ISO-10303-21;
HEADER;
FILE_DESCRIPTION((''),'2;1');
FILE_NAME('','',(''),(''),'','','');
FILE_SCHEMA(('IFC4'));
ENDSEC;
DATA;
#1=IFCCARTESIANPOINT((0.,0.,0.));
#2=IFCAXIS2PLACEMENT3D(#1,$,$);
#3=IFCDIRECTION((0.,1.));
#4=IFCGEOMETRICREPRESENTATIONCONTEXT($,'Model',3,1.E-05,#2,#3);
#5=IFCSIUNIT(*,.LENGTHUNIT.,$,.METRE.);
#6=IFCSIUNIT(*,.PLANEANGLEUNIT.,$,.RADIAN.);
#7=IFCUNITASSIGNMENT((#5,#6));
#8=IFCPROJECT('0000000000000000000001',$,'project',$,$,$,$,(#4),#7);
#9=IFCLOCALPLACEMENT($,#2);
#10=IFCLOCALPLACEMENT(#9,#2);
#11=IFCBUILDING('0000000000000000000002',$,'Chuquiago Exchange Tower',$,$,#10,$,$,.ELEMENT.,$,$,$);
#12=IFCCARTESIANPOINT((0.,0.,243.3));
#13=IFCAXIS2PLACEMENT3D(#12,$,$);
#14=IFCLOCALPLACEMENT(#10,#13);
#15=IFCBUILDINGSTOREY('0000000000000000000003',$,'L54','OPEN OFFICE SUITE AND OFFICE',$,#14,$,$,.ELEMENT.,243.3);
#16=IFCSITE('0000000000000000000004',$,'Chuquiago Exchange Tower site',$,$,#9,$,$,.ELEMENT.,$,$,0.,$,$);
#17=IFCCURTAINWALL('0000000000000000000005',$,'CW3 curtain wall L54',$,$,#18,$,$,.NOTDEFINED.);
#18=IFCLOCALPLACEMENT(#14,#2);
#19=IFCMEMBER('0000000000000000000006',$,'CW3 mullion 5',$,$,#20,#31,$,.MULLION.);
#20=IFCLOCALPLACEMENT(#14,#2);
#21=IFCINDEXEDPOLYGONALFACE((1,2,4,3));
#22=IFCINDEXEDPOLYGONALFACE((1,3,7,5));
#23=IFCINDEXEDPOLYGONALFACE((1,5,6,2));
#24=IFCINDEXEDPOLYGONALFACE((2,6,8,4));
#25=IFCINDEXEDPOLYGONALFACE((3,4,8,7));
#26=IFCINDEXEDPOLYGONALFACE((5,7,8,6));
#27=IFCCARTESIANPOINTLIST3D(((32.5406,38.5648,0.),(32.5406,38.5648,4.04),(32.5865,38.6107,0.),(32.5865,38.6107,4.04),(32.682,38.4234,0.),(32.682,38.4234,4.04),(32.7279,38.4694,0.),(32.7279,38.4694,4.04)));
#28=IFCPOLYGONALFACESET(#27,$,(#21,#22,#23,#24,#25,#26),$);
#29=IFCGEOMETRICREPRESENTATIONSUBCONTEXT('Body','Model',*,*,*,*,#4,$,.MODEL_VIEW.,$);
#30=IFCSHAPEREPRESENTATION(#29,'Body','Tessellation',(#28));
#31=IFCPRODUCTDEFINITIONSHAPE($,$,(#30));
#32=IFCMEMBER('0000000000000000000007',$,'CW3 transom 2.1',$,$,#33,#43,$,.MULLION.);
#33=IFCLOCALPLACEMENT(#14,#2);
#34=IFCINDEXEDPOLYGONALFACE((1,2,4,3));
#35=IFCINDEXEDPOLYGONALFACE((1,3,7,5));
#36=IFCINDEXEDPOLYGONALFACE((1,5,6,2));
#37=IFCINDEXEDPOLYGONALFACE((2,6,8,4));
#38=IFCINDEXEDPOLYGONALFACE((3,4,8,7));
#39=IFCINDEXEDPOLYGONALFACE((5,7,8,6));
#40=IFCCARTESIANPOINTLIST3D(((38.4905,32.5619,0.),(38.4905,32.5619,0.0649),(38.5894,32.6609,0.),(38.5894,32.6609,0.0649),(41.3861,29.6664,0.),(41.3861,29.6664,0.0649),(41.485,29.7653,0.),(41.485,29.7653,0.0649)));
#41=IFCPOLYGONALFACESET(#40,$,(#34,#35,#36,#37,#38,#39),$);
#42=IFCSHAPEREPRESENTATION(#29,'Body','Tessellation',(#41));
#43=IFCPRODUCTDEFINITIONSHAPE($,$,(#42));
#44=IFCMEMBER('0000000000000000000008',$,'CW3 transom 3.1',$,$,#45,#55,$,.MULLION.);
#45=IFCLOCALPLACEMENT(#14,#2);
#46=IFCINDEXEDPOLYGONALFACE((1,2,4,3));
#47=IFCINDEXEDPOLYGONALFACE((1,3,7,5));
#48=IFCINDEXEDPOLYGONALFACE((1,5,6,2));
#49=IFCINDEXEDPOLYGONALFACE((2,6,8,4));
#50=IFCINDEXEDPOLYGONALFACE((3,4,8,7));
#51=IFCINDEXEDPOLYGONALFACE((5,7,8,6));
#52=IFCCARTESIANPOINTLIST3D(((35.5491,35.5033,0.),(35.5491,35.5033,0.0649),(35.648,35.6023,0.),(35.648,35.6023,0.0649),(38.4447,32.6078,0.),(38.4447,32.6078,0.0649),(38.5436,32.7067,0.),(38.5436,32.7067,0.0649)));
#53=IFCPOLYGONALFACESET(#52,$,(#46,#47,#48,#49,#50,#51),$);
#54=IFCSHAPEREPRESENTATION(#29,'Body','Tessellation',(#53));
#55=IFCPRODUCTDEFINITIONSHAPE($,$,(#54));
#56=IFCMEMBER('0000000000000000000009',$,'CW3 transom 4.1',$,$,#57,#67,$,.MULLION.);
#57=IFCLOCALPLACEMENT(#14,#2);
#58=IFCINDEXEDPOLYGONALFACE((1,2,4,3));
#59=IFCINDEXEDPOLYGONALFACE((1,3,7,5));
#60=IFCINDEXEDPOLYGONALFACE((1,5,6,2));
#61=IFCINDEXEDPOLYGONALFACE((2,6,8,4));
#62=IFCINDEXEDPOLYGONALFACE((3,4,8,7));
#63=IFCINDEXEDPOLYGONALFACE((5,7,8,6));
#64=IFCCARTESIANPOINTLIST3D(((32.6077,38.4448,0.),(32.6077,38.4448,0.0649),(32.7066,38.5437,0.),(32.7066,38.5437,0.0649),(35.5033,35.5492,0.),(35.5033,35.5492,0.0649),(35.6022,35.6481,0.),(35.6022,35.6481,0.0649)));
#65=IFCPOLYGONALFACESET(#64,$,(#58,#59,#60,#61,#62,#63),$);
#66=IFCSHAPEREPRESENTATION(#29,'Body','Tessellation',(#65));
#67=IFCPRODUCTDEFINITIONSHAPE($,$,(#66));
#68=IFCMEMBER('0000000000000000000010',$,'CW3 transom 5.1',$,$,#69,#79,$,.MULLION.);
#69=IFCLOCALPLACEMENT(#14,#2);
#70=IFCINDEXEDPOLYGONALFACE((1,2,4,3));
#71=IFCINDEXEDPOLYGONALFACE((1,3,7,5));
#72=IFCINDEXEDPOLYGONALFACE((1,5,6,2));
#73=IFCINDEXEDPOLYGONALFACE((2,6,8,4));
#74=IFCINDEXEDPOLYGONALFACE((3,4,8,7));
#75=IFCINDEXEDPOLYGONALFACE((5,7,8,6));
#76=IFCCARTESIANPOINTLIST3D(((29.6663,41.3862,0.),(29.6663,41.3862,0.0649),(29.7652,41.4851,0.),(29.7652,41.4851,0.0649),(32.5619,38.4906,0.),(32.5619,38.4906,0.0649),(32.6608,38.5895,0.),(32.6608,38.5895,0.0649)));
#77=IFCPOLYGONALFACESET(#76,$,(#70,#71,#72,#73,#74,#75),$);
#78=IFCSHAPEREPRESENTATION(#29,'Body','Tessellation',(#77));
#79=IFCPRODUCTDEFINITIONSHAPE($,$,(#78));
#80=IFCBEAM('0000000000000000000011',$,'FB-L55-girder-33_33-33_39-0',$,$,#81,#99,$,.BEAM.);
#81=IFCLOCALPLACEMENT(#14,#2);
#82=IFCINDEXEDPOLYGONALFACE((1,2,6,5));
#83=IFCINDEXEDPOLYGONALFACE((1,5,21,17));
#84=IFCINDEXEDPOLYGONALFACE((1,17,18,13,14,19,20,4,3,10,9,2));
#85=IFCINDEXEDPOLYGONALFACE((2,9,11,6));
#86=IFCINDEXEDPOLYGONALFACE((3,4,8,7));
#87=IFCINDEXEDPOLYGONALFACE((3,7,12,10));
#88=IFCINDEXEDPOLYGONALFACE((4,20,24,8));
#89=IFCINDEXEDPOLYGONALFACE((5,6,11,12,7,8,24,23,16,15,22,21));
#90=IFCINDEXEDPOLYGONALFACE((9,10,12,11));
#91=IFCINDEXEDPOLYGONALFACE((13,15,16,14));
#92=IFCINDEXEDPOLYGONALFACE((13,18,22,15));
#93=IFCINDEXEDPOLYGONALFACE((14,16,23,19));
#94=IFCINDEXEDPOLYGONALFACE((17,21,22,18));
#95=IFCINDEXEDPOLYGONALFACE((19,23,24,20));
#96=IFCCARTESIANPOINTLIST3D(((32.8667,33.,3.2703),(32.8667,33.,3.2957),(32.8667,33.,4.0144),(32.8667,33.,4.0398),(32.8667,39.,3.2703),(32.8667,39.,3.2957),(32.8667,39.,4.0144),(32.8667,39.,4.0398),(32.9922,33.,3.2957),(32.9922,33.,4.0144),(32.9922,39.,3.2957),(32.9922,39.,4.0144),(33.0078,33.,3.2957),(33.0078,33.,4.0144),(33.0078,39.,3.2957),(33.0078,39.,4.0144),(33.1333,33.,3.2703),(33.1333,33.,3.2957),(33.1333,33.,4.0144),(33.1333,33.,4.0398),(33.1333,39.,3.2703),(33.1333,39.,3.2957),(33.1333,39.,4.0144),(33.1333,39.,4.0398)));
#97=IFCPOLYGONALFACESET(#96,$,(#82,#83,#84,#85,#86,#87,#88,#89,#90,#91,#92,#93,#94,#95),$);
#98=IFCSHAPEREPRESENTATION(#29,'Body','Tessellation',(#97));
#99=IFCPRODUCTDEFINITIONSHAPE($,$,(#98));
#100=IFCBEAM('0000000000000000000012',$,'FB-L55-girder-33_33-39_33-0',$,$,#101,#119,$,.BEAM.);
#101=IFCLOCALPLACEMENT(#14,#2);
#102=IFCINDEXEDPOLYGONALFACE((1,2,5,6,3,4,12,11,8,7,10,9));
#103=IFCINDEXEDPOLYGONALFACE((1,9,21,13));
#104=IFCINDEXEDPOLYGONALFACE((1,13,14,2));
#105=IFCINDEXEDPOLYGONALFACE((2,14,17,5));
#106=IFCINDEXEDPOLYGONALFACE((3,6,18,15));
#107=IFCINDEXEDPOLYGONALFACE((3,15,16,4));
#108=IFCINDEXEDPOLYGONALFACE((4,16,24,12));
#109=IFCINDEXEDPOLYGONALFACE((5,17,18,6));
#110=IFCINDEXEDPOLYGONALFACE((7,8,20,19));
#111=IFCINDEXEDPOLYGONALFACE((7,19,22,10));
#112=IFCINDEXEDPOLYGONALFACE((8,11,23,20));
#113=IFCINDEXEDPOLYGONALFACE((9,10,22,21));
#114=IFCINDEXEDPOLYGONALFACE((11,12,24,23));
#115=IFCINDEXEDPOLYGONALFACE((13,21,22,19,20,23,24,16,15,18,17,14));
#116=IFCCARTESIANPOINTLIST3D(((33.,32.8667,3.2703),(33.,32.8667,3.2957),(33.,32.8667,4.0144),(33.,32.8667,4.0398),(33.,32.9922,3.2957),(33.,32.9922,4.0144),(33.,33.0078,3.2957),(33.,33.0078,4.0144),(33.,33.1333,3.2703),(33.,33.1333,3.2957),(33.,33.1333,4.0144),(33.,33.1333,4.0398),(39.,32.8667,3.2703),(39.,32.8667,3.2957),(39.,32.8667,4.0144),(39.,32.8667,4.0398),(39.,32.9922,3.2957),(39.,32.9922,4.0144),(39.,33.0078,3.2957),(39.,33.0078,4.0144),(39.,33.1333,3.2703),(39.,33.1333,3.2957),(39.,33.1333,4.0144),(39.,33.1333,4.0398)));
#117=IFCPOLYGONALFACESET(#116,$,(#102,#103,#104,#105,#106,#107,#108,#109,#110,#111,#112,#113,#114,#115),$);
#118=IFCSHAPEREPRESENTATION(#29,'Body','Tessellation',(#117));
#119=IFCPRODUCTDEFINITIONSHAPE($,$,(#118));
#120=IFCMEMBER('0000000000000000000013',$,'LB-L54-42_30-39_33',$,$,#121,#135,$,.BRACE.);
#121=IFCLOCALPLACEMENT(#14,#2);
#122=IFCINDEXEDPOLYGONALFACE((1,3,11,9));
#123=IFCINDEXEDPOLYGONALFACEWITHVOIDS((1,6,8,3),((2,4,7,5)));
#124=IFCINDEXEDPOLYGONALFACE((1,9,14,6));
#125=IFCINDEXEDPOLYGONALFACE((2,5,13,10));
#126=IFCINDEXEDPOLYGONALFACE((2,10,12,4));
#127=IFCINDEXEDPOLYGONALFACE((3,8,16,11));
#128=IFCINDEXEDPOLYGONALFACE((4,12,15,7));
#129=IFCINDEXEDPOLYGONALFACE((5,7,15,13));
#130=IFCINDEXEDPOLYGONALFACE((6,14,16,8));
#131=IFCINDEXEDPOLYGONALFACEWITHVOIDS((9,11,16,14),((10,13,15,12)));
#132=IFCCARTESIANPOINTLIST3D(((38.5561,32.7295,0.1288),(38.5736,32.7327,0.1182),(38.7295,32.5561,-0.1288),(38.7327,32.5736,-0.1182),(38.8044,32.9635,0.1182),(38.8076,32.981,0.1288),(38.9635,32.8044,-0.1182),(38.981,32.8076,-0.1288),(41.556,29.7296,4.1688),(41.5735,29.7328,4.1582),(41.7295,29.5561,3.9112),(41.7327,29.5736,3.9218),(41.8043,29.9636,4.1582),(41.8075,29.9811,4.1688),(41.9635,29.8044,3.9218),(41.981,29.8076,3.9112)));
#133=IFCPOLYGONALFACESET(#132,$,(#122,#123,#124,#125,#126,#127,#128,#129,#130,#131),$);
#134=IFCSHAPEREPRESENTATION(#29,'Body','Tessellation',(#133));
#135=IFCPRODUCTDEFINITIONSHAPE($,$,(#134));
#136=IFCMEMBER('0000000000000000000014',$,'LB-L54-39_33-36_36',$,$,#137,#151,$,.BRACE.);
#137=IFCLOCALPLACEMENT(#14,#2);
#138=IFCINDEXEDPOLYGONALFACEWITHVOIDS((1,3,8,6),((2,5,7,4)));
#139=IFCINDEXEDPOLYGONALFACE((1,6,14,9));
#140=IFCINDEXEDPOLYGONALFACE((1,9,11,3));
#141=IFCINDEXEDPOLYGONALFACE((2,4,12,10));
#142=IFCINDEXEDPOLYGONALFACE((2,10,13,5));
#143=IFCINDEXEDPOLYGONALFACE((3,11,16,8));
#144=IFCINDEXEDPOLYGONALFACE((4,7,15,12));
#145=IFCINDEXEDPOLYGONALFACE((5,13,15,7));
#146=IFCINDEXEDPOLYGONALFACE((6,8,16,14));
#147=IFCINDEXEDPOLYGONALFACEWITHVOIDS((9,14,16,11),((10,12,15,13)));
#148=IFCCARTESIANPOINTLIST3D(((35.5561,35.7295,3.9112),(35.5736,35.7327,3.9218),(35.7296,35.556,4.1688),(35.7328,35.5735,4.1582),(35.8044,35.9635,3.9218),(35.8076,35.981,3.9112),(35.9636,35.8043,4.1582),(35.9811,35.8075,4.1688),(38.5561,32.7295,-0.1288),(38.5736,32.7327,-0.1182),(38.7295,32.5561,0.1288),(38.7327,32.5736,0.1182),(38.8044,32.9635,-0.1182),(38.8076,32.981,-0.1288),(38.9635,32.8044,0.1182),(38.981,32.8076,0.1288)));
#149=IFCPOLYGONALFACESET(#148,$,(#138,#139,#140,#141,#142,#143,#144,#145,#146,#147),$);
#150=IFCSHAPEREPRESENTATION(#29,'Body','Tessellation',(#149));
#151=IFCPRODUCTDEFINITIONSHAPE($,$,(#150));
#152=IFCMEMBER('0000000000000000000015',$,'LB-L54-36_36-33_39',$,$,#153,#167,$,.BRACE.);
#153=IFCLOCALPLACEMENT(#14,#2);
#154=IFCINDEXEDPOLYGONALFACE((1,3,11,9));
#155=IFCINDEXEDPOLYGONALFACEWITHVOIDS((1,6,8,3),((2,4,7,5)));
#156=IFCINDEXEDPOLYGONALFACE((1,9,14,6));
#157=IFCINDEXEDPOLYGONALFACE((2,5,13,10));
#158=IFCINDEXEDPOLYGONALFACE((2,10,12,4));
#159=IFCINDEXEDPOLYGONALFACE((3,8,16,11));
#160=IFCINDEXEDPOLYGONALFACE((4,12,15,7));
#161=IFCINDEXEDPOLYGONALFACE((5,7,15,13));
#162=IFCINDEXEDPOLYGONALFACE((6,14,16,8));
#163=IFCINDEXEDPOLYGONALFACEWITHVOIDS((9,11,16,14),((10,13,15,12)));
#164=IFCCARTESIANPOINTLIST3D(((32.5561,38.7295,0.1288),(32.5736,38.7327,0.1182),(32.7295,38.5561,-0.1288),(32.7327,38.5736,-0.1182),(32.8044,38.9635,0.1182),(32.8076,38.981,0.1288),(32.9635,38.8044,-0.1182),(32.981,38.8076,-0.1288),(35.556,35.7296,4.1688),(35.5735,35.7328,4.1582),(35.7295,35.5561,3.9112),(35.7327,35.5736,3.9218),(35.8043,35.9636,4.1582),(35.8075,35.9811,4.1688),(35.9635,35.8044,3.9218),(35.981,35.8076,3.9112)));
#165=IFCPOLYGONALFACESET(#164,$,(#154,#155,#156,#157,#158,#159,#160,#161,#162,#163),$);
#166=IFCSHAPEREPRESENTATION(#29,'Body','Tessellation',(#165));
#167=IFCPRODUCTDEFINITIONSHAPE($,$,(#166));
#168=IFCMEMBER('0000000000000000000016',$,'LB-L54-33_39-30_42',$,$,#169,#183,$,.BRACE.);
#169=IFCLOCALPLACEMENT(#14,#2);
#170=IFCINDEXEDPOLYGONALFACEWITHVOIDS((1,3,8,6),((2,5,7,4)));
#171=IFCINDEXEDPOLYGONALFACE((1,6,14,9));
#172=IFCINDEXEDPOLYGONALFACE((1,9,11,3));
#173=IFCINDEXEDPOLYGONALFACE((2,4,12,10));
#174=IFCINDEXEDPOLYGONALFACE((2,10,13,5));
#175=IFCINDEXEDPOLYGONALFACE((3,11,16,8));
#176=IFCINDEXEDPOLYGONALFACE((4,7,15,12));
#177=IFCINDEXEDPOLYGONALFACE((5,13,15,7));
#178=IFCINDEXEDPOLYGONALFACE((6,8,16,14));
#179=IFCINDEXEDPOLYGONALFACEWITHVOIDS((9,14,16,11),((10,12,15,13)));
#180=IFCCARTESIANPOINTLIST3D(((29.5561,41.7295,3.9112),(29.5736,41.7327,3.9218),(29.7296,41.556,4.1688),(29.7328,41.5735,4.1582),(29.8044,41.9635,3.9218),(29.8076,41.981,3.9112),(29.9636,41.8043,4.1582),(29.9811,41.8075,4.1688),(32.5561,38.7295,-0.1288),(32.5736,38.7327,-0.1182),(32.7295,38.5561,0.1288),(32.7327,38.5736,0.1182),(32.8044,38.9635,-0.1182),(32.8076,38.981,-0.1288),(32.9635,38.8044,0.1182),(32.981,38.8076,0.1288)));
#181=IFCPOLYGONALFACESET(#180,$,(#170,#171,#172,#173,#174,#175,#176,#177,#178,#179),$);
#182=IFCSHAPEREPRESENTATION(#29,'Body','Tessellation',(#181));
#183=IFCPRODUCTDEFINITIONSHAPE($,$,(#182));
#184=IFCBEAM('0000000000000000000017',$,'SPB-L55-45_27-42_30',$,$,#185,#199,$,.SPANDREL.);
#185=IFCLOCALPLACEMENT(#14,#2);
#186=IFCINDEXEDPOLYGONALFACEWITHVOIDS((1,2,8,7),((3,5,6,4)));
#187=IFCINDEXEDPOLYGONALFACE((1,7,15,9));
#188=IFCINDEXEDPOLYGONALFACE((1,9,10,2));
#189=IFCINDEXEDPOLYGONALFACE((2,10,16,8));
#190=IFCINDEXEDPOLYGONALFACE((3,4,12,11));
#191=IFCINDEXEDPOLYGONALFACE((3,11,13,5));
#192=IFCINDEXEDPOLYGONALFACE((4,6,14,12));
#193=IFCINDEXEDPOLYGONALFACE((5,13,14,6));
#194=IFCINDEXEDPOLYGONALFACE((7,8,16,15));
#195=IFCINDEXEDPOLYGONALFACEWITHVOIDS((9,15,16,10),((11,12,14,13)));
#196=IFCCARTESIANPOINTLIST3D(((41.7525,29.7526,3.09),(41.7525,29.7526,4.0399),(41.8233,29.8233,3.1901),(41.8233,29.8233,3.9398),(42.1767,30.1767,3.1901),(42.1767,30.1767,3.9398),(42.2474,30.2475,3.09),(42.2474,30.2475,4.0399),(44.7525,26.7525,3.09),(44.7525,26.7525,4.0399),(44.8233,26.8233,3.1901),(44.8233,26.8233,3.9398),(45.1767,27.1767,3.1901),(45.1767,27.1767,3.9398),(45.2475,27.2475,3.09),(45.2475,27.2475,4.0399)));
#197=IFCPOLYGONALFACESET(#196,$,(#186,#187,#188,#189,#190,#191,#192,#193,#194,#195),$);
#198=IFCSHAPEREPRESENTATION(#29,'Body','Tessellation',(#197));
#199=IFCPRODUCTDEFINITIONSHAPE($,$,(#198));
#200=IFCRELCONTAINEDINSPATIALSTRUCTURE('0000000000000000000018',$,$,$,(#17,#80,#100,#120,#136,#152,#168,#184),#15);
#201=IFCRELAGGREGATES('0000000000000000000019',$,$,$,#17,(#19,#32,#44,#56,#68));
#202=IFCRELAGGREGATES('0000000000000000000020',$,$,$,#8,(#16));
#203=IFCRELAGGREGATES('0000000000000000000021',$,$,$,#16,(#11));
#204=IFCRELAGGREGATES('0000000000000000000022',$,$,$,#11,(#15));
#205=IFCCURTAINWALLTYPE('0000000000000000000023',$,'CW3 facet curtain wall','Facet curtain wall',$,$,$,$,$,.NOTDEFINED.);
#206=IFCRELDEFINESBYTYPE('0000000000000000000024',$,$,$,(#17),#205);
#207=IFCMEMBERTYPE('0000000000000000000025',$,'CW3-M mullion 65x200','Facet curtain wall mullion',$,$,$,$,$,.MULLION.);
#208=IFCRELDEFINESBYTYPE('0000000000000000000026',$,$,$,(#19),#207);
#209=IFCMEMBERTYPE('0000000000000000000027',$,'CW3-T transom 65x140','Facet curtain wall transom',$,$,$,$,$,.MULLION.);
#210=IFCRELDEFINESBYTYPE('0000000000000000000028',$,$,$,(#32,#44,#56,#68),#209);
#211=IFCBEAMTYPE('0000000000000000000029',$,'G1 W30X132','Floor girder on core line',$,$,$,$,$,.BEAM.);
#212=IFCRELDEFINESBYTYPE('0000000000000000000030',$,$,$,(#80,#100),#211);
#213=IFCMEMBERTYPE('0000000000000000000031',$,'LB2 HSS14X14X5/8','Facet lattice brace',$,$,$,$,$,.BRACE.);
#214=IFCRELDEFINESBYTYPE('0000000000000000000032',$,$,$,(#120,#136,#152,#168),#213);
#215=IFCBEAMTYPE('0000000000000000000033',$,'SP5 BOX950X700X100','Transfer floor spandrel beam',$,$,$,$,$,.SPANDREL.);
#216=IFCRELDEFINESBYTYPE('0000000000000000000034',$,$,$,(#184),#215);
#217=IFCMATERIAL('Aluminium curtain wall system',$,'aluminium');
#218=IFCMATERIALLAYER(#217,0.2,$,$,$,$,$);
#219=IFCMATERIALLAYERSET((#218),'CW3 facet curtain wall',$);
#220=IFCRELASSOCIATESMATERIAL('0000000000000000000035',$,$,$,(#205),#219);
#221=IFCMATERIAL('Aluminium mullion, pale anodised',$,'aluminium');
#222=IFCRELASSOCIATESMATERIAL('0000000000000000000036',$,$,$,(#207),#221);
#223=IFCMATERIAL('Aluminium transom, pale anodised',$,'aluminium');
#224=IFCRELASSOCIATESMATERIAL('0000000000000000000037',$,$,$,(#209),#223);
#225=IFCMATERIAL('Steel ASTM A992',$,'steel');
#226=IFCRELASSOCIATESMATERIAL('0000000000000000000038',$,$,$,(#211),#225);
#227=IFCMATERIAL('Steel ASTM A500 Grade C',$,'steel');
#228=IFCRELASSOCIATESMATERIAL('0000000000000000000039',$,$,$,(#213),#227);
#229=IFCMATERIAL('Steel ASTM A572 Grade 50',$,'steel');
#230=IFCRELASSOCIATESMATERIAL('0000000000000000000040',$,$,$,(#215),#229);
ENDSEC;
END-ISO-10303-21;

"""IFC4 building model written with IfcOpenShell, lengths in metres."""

from ifc_helpers import new_model, si_unit, direction, frame, origin, origin_2d, place, context, subcontext, project, spatial, rectangle, hollow_rectangle, i_section, extrude, material, layer, layer_set, material_profile, profile_set, type_object, element, aggregate, save


model = new_model("IFC4")

# Units and contexts
model_context = context("Model", 3, precision=1e-05, world=origin(), true_north=direction((0.0, 1.0)))
body_context = subcontext(model_context, "Body", "Model", "MODEL_VIEW")
ifc_project = project(units=[si_unit("LENGTHUNIT", "METRE"), si_unit("PLANEANGLEUNIT", "RADIAN")], contexts=[model_context])

# Site, building, storey
site_placement = place(None, origin())
site = spatial("IfcSite", under=ifc_project, at=site_placement, Name="Chuquiago Exchange Tower site", CompositionType="ELEMENT", RefElevation=0.0)
building_placement = place(site_placement, origin())
building = spatial("IfcBuilding", under=site, at=building_placement, Name="Chuquiago Exchange Tower", CompositionType="ELEMENT")
storey_placement = place(building_placement, frame((0.0, 0.0, 243.3)))
storey = spatial("IfcBuildingStorey", under=building, at=storey_placement, Name="L54", Description="OPEN OFFICE SUITE AND OFFICE", CompositionType="ELEMENT", Elevation=243.3)

# Curtain wall, members
ifc_material_1 = material(Name="Aluminium curtain wall system", Category="aluminium")
ifc_layer_1 = layer(ifc_material_1, 0.2)
ifc_layer_set_1 = layer_set([ifc_layer_1], Name="CW3 facet curtain wall")
curtain_wall_type = type_object("IfcCurtainWallType", Name="CW3 facet curtain wall", Description="Facet curtain wall", PredefinedType="NOTDEFINED", material=ifc_layer_set_1)
curtain_wall_placement = place(storey_placement, origin())
curtain_wall = element("IfcCurtainWall", 1, at=curtain_wall_placement, inside=storey, type_object=curtain_wall_type, Name="CW3 curtain wall L54", PredefinedType="NOTDEFINED")
ifc_material_2 = material(Name="Aluminium mullion, pale anodised", Category="aluminium")
ifc_material_profile_1 = material_profile(ifc_material_2, rectangle(XDim=0.0649, YDim=0.2, at=origin_2d()), Name="AL 65x200")
ifc_profile_set_1 = profile_set([ifc_material_profile_1], Name="Aluminium mullion, pale anodised")
member_type_1 = type_object("IfcMemberType", Name="CW3-M mullion 65x200", Description="Facet curtain wall mullion", PredefinedType="MULLION", material=ifc_profile_set_1)
member_1_placement = place(storey_placement, frame((32.6343, 38.5171, 0.0), z_axis=(0.0, 0.0, 1.0), x_axis=(-0.707107, -0.707107, 0.0)))
member_1 = element("IfcMember", 2, at=member_1_placement, type_object=member_type_1, Name="CW3 mullion 5", PredefinedType="MULLION", context=body_context, shape_type="SweptSolid", body=[
    extrude(rectangle(XDim=0.0649, YDim=0.2, at=origin_2d()), origin(), (0.0, 0.0, 1.0), 4.04),
])
ifc_material_3 = material(Name="Aluminium transom, pale anodised", Category="aluminium")
ifc_material_profile_2 = material_profile(ifc_material_3, rectangle(XDim=0.1399, YDim=0.0649, at=origin_2d()), Name="AL 140x65")
ifc_profile_set_2 = profile_set([ifc_material_profile_2], Name="Aluminium transom, pale anodised")
member_type_2 = type_object("IfcMemberType", Name="CW3-T transom 65x140", Description="Facet curtain wall transom", PredefinedType="MULLION", material=ifc_profile_set_2)
member_2_placement = place(storey_placement, frame((41.4355, 29.7158, 0.0325), z_axis=(-0.707107, 0.707107, 0.0), x_axis=(-0.707107, -0.707107, 0.0)))
member_2 = element("IfcMember", 3, at=member_2_placement, type_object=member_type_2, Name="CW3 transom 2.1", PredefinedType="MULLION", context=body_context, shape_type="SweptSolid", body=[
    extrude(rectangle(XDim=0.1399, YDim=0.0649, at=origin_2d()), origin(), (0.0, 0.0, 1.0), 4.095),
])
member_3_placement = place(storey_placement, frame((38.4941, 32.6572, 0.0325), z_axis=(-0.707107, 0.707107, 0.0), x_axis=(-0.707107, -0.707107, 0.0)))
member_3 = element("IfcMember", 4, at=member_3_placement, type_object=member_type_2, Name="CW3 transom 3.1", PredefinedType="MULLION", context=body_context, shape_type="SweptSolid", body=[
    extrude(rectangle(XDim=0.1399, YDim=0.0649, at=origin_2d()), origin(), (0.0, 0.0, 1.0), 4.095),
])
member_4_placement = place(storey_placement, frame((35.5527, 35.5986, 0.0325), z_axis=(-0.707107, 0.707107, 0.0), x_axis=(-0.707107, -0.707107, 0.0)))
member_4 = element("IfcMember", 5, at=member_4_placement, type_object=member_type_2, Name="CW3 transom 4.1", PredefinedType="MULLION", context=body_context, shape_type="SweptSolid", body=[
    extrude(rectangle(XDim=0.1399, YDim=0.0649, at=origin_2d()), origin(), (0.0, 0.0, 1.0), 4.095),
])
member_5_placement = place(storey_placement, frame((32.6113, 38.54, 0.0325), z_axis=(-0.707107, 0.707107, 0.0), x_axis=(-0.707107, -0.707107, 0.0)))
member_5 = element("IfcMember", 6, at=member_5_placement, type_object=member_type_2, Name="CW3 transom 5.1", PredefinedType="MULLION", context=body_context, shape_type="SweptSolid", body=[
    extrude(rectangle(XDim=0.1399, YDim=0.0649, at=origin_2d()), origin(), (0.0, 0.0, 1.0), 4.095),
])

# Beams
ifc_material_4 = material(Name="Steel ASTM A992", Category="steel")
ifc_material_profile_3 = material_profile(ifc_material_4, i_section(OverallWidth=0.2666, OverallDepth=0.7695, WebThickness=0.0156, FlangeThickness=0.0254, at=origin_2d()), Name="W30X132")
ifc_profile_set_3 = profile_set([ifc_material_profile_3], Name="Steel ASTM A992")
beam_type_1 = type_object("IfcBeamType", Name="G1 W30X132", Description="Floor girder on core line", PredefinedType="BEAM", material=ifc_profile_set_3)
for number, where, z_axis, x_axis, name in (
    (7, (33.0, 33.0, 3.655), (0.0, 1.0, 0.0), (-1.0, 0.0, 0.0), "FB-L55-girder-33_33-33_39-0"),
    (8, (33.0, 33.0, 3.655), (1.0, 0.0, 0.0), (0.0, 1.0, 0.0), "FB-L55-girder-33_33-39_33-0"),
):
    element("IfcBeam", number, at=place(storey_placement, frame(where, z_axis=z_axis, x_axis=x_axis)), inside=storey, type_object=beam_type_1, Name=name, PredefinedType="BEAM", context=body_context, shape_type="SweptSolid", body=[
        extrude(i_section(OverallWidth=0.2666, OverallDepth=0.7695, WebThickness=0.0156, FlangeThickness=0.0254, at=origin_2d()), origin(), (0.0, 0.0, 1.0), 6.0),
    ])

# Members
ifc_material_5 = material(Name="Steel ASTM A500 Grade C", Category="steel")
ifc_material_profile_4 = material_profile(ifc_material_5, hollow_rectangle(XDim=0.3557, YDim=0.3557, WallThickness=0.0146, at=origin_2d()), Name="HSS14X14X5/8")
ifc_profile_set_4 = profile_set([ifc_material_profile_4], Name="Steel ASTM A500 Grade C")
member_type_3 = type_object("IfcMemberType", Name="LB2 HSS14X14X5/8", Description="Facet lattice brace", PredefinedType="BRACE", material=ifc_profile_set_4)
for number, where, z_axis, x_axis, name in (
    (9, (38.7686, 32.7686, 0.0), (0.512077, -0.512077, 0.689604), (0.707107, 0.707107, 0.0), "LB-L54-42_30-39_33"),
    (10, (38.7686, 32.7686, 0.0), (-0.512077, 0.512077, 0.689604), (-0.707107, -0.707107, 0.0), "LB-L54-39_33-36_36"),
    (11, (32.7686, 38.7686, 0.0), (0.512077, -0.512077, 0.689604), (0.707107, 0.707107, 0.0), "LB-L54-36_36-33_39"),
    (12, (32.7686, 38.7686, 0.0), (-0.512077, 0.512077, 0.689604), (-0.707107, -0.707107, 0.0), "LB-L54-33_39-30_42"),
):
    element("IfcMember", number, at=place(storey_placement, frame(where, z_axis=z_axis, x_axis=x_axis)), inside=storey, type_object=member_type_3, Name=name, PredefinedType="BRACE", context=body_context, shape_type="SweptSolid", body=[
        extrude(hollow_rectangle(XDim=0.3557, YDim=0.3557, WallThickness=0.0146, at=origin_2d()), origin(), (0.0, 0.0, 1.0), 5.8584),
    ])

# Beam
ifc_material_6 = material(Name="Steel ASTM A572 Grade 50", Category="steel")
ifc_material_profile_5 = material_profile(ifc_material_6, hollow_rectangle(XDim=0.7, YDim=0.95, WallThickness=0.1001, at=origin_2d()), Name="BOX950X700X100")
ifc_profile_set_5 = profile_set([ifc_material_profile_5], Name="Steel ASTM A572 Grade 50")
beam_type_2 = type_object("IfcBeamType", Name="SP5 BOX950X700X100", Description="Transfer floor spandrel beam", PredefinedType="SPANDREL", material=ifc_profile_set_5)
for number, where, z_axis, x_axis, name in (
    (13, (45.0, 27.0, 3.5649), (-0.707107, 0.707107, 0.0), (-0.707107, -0.707107, 0.0), "SPB-L55-45_27-42_30"),
):
    element("IfcBeam", number, at=place(storey_placement, frame(where, z_axis=z_axis, x_axis=x_axis)), inside=storey, type_object=beam_type_2, Name=name, PredefinedType="SPANDREL", context=body_context, shape_type="SweptSolid", body=[
        extrude(hollow_rectangle(XDim=0.7, YDim=0.95, WallThickness=0.1001, at=origin_2d()), origin(), (0.0, 0.0, 1.0), 4.2427),
    ])

aggregate(curtain_wall, [member_1, member_2, member_3, member_4, member_5])

save(model, "model.ifc")
